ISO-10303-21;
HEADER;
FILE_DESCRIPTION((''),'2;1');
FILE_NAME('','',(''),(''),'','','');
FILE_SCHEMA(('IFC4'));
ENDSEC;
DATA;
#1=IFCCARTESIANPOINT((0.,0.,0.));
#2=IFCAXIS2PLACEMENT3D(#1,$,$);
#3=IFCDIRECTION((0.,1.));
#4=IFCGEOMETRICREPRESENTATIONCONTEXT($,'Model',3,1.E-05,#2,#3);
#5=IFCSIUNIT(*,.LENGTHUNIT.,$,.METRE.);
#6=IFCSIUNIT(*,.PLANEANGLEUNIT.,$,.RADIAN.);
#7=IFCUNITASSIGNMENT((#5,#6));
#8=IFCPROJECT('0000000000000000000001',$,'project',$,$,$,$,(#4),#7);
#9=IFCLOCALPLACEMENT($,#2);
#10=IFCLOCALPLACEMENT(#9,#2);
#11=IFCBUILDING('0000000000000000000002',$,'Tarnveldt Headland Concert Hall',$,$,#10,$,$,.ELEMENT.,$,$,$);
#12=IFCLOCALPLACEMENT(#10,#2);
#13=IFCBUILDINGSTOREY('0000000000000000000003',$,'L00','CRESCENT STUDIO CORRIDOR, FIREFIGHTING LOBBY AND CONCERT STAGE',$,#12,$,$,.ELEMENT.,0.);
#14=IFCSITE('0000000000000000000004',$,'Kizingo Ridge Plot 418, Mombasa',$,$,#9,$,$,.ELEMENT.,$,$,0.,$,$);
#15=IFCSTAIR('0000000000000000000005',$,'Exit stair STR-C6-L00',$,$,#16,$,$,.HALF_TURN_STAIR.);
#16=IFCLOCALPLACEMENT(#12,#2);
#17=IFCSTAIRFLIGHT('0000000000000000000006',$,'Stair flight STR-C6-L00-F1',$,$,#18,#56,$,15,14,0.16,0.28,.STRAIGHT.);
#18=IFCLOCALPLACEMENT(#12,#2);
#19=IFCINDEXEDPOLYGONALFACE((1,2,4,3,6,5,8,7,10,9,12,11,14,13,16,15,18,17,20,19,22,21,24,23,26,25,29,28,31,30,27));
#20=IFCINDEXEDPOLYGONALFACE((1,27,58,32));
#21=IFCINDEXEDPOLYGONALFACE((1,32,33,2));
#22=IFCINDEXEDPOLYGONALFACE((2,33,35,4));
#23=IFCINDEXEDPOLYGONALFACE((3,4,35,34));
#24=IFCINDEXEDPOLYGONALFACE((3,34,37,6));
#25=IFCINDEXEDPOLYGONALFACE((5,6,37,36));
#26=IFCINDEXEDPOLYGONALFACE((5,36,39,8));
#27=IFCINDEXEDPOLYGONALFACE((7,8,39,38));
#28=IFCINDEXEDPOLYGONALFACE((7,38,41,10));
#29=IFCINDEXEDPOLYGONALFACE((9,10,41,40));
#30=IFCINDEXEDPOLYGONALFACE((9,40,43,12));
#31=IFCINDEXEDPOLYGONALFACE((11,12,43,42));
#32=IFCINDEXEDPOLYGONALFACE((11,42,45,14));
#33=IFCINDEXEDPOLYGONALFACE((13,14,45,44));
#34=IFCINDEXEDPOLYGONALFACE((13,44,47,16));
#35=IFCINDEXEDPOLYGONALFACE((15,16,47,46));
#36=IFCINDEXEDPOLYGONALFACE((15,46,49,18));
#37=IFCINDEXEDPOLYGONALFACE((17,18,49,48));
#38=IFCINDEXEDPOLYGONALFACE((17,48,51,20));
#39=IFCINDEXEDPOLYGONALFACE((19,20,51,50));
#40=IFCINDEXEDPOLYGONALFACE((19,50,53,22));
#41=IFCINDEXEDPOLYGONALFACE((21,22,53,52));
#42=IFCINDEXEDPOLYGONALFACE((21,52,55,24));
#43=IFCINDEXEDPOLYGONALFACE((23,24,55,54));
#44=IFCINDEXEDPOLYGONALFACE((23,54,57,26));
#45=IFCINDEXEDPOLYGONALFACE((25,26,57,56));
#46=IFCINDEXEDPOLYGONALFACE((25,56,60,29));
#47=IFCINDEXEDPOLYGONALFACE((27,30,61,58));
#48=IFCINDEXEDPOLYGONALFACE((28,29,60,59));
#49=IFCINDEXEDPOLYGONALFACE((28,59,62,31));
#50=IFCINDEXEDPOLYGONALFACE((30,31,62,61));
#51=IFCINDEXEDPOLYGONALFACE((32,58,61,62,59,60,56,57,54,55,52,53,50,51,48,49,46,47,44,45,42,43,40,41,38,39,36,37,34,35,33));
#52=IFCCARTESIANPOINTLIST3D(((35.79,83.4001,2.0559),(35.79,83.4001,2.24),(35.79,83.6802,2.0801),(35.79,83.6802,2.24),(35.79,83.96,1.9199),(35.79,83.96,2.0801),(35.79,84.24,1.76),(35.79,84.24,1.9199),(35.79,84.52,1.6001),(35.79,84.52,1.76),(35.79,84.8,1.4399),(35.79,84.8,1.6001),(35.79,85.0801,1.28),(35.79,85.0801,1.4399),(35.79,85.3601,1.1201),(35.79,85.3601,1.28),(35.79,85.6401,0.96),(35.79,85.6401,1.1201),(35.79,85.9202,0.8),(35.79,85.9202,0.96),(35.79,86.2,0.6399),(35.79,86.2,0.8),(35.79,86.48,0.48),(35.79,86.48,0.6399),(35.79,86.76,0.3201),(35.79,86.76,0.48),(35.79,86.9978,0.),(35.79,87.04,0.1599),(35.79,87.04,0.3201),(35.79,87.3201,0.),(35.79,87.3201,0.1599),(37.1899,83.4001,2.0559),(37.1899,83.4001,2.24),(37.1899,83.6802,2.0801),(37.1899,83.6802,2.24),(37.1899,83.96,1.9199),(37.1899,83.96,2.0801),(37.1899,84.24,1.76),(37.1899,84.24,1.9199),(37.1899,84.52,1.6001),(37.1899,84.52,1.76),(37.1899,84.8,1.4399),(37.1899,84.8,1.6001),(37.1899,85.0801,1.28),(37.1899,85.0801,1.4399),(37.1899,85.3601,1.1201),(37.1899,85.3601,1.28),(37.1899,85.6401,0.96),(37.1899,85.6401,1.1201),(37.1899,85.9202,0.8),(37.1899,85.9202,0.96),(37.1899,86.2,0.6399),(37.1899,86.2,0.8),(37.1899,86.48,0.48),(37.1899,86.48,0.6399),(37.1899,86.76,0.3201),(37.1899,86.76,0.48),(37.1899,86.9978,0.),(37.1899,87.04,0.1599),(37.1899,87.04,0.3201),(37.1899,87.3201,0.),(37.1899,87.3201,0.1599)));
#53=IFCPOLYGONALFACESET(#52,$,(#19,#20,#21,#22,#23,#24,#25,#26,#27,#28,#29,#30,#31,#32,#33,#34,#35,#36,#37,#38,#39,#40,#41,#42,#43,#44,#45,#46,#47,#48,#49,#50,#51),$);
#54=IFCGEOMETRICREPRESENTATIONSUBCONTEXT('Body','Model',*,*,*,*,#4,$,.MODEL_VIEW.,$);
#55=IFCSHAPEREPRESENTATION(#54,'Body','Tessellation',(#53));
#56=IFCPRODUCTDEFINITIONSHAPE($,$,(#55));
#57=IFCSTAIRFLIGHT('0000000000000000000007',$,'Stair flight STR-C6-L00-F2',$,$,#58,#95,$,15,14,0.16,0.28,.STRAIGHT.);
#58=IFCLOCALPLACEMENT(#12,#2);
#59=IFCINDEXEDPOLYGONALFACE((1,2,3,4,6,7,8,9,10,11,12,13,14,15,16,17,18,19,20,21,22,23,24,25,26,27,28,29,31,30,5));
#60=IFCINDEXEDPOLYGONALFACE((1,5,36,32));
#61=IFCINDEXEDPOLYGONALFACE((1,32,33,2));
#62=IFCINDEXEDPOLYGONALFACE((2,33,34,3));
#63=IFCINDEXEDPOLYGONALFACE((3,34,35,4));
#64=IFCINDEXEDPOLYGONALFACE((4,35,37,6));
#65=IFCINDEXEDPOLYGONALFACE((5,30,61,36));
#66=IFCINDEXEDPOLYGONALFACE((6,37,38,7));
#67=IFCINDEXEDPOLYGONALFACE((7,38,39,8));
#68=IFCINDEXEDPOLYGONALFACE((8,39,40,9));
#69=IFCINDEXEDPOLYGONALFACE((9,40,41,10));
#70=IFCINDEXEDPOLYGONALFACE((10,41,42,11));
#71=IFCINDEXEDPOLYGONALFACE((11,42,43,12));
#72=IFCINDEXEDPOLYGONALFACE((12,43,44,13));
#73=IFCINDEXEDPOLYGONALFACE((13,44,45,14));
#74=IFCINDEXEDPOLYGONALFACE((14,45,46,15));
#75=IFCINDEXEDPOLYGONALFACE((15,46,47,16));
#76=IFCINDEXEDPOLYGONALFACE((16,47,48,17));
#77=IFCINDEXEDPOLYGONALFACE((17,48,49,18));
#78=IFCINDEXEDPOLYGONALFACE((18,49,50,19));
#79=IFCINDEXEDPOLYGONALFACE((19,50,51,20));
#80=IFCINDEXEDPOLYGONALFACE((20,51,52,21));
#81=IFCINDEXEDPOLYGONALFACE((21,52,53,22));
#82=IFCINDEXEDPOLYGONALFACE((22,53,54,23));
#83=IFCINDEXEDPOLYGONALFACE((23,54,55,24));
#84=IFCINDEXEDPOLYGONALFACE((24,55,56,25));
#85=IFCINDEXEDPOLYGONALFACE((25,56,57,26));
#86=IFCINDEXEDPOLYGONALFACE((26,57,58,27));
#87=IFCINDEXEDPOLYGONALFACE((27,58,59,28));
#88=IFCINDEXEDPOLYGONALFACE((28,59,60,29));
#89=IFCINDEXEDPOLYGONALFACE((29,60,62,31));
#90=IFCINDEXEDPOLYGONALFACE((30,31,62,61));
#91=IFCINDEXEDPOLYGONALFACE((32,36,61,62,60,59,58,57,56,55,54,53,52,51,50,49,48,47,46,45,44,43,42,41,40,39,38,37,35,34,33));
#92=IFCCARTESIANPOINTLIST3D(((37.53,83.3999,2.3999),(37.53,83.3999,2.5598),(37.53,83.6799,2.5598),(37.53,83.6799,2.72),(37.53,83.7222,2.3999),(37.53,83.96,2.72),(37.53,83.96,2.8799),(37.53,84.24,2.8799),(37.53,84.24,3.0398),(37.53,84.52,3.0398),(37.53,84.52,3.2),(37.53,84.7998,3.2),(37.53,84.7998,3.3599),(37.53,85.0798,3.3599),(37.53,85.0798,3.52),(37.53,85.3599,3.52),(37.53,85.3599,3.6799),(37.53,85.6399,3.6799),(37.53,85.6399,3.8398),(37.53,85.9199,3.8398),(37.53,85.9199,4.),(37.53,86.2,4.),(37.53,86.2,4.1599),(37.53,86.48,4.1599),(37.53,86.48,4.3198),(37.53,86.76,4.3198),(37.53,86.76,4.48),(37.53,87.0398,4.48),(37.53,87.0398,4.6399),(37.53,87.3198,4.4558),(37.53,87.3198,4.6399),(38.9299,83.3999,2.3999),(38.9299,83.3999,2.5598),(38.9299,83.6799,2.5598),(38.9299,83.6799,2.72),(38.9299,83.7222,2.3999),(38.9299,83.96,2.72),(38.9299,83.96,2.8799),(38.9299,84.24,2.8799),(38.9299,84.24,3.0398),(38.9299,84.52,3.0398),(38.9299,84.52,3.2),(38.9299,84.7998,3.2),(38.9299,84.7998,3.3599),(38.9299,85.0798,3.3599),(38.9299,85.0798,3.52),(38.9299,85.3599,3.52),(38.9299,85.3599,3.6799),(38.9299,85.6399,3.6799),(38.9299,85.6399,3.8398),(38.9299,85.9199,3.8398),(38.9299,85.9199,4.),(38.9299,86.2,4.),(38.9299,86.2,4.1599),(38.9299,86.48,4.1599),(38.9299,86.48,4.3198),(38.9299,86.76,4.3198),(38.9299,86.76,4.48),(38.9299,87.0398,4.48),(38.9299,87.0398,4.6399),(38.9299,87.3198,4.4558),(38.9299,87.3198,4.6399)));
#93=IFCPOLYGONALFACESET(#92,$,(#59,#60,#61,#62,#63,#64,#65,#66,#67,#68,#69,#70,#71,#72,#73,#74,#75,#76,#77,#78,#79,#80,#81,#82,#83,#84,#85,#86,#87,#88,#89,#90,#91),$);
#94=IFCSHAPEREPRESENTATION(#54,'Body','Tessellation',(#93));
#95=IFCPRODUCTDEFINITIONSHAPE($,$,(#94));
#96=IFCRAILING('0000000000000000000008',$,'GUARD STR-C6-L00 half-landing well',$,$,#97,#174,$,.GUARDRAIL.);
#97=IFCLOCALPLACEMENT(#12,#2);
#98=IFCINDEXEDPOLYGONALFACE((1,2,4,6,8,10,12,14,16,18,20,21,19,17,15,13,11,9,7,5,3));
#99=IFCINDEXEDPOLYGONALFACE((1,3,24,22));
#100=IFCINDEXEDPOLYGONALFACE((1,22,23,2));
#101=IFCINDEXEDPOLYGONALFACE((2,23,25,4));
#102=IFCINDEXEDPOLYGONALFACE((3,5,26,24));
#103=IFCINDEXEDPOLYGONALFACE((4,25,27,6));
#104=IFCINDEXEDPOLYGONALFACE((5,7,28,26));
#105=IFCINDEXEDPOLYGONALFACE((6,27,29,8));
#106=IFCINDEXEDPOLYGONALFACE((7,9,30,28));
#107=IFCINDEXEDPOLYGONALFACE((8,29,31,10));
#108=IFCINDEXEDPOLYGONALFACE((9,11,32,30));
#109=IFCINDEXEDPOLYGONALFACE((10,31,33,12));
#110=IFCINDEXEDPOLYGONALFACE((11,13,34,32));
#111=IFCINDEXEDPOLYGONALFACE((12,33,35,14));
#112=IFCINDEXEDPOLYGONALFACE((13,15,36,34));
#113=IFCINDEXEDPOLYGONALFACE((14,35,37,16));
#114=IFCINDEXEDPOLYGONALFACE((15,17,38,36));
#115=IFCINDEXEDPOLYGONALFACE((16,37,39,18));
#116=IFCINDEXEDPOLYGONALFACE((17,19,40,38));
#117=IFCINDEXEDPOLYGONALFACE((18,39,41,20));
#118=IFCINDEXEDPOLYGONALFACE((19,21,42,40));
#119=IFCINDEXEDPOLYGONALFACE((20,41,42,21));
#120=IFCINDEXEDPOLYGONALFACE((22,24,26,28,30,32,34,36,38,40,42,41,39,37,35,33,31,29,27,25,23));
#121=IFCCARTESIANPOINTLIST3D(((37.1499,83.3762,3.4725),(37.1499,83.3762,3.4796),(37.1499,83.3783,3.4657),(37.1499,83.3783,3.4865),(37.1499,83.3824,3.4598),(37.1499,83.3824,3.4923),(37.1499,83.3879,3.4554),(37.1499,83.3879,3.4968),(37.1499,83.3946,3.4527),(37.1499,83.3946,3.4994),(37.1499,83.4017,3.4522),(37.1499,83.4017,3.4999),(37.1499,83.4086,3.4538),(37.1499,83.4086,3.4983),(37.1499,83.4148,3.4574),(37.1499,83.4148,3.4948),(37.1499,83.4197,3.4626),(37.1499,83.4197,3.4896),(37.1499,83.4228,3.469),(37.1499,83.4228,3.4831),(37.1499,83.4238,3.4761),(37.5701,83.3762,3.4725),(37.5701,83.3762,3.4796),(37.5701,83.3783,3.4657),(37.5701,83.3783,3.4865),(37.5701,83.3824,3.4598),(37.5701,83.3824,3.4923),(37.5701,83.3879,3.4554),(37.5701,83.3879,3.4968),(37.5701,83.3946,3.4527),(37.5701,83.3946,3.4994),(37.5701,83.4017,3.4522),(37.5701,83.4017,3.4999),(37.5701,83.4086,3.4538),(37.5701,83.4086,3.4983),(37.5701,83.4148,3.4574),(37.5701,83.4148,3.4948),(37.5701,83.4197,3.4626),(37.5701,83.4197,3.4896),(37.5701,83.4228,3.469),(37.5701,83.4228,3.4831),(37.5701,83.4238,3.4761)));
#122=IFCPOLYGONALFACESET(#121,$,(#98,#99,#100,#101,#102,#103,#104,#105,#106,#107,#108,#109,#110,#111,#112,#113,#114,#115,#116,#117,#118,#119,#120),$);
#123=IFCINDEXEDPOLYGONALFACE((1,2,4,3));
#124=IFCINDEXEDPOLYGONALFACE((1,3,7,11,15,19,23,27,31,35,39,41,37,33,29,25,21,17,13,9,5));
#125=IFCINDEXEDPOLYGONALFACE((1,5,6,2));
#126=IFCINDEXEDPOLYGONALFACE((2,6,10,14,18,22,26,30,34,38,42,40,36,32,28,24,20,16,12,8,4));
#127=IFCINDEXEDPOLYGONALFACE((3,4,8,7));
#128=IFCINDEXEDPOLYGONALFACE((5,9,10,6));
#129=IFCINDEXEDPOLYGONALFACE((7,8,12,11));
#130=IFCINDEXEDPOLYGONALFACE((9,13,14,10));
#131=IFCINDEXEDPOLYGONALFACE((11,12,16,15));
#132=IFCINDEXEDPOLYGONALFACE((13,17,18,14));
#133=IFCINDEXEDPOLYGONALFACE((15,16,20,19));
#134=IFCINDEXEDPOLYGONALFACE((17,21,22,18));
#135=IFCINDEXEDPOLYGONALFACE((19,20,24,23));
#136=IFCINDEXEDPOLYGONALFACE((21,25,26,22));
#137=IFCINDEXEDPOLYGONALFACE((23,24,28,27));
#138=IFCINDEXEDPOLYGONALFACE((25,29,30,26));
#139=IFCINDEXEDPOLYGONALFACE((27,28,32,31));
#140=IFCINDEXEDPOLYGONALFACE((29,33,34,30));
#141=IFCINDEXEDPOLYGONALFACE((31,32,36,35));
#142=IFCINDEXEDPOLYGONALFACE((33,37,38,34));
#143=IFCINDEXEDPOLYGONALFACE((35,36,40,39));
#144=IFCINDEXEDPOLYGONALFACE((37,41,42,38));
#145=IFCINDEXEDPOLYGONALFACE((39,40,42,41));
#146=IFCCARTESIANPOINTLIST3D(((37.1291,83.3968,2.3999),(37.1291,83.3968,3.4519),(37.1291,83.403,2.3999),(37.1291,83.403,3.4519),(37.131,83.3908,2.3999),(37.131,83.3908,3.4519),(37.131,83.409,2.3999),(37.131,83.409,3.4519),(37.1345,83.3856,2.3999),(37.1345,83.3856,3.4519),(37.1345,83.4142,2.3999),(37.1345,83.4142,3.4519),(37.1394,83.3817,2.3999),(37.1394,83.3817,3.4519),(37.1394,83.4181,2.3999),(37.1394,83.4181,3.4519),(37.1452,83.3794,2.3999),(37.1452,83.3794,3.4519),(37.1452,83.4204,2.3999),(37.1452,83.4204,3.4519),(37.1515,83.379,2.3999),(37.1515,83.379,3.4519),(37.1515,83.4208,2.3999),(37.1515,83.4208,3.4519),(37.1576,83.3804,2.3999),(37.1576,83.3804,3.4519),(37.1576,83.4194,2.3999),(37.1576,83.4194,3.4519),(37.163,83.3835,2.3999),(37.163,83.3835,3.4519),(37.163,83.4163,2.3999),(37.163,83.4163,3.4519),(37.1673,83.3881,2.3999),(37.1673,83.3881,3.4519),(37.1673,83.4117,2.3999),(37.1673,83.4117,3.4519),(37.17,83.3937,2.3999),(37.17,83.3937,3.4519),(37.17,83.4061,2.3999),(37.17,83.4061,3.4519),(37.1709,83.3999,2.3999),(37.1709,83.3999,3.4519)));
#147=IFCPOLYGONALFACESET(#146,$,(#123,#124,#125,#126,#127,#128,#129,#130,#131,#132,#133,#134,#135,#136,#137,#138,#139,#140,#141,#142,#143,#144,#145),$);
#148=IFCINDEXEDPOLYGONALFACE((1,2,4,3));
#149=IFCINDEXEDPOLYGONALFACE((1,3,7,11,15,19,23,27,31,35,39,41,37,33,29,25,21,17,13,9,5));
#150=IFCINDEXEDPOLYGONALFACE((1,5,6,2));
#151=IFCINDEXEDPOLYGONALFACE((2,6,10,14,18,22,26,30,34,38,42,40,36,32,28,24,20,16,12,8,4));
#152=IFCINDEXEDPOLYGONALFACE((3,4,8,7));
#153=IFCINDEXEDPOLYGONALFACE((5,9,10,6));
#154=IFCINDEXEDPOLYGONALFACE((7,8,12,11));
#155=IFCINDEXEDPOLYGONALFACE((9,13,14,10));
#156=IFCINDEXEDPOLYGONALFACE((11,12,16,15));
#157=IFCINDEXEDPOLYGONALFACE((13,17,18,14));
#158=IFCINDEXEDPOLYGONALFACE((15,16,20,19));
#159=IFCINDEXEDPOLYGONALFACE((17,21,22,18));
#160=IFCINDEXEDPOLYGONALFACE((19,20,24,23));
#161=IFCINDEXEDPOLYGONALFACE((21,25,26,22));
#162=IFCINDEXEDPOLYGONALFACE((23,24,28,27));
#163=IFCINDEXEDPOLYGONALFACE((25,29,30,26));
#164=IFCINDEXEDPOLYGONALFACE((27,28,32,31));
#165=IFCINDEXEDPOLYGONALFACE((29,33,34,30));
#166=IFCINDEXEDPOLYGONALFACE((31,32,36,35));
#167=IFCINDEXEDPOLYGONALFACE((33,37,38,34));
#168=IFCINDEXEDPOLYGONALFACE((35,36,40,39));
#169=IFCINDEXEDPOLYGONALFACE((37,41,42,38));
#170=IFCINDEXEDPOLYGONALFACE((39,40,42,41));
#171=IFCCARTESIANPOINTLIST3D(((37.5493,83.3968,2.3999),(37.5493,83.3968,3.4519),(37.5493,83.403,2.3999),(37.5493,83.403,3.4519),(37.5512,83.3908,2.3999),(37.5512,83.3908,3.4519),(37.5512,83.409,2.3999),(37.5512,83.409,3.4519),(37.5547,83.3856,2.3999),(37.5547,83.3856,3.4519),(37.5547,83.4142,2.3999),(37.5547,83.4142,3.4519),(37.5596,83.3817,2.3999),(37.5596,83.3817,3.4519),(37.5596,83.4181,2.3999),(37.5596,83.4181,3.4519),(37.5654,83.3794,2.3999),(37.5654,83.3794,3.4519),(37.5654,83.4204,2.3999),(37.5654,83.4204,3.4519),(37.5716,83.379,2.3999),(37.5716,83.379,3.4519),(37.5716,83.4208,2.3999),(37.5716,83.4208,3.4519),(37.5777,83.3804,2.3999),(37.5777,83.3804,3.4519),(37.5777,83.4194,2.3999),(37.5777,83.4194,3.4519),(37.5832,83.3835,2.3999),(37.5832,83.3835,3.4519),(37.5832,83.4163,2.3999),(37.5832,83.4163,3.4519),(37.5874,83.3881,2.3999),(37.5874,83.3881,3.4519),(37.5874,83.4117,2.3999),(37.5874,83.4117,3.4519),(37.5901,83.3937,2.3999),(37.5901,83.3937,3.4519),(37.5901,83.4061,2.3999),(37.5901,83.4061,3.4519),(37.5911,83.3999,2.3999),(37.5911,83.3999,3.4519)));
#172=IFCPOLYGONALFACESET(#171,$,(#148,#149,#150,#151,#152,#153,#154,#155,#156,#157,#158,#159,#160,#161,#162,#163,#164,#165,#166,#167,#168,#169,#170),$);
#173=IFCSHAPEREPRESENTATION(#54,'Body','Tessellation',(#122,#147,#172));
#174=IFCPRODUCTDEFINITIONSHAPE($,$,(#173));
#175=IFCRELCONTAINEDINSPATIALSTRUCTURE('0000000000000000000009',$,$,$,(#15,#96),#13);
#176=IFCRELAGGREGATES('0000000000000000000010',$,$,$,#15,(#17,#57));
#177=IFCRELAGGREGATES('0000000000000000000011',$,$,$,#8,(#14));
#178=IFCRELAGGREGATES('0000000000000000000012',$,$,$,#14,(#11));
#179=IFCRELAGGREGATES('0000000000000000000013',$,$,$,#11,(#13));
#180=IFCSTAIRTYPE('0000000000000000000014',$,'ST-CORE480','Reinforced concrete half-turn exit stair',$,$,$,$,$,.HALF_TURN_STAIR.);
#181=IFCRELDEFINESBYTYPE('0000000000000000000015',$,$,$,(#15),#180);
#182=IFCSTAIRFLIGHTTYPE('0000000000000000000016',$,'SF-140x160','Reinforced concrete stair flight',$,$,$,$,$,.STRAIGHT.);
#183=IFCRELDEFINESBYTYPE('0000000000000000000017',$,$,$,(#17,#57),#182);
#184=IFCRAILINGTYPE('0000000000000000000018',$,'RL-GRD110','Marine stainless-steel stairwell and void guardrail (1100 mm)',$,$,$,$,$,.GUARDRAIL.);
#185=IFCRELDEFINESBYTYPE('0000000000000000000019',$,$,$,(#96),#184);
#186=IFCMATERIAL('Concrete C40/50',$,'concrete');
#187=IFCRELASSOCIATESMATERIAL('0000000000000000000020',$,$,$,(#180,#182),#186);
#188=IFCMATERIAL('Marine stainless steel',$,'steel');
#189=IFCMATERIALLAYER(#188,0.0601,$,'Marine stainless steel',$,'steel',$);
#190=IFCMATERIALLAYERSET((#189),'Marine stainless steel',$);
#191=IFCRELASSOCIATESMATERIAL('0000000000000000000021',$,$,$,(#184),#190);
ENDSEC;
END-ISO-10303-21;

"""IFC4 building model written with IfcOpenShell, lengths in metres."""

from ifc_helpers import new_model, si_unit, direction, frame, origin, origin_2d, place, context, subcontext, project, spatial, polyline, circle, outline, extrude, material, layer, layer_set, type_object, element, aggregate, save


model = new_model("IFC4")

# Units and contexts
model_context = context("Model", 3, precision=1e-05, world=origin(), true_north=direction((0.0, 1.0)))
body_context = subcontext(model_context, "Body", "Model", "MODEL_VIEW")
ifc_project = project(units=[si_unit("LENGTHUNIT", "METRE"), si_unit("PLANEANGLEUNIT", "RADIAN")], contexts=[model_context])

# Site, building, storey
site_placement = place(None, origin())
site = spatial("IfcSite", under=ifc_project, at=site_placement, Name="Kizingo Ridge Plot 418, Mombasa", CompositionType="ELEMENT", RefElevation=0.0)
building_placement = place(site_placement, origin())
building = spatial("IfcBuilding", under=site, at=building_placement, Name="Tarnveldt Headland Concert Hall", CompositionType="ELEMENT")
storey_placement = place(building_placement, origin())
storey = spatial("IfcBuildingStorey", under=building, at=storey_placement, Name="L00", Description="CRESCENT STUDIO CORRIDOR, FIREFIGHTING LOBBY AND CONCERT STAGE", CompositionType="ELEMENT", Elevation=0.0)

# Shared definitions
ifc_material_1 = material(Name="Concrete C40/50", Category="concrete")

# Stair, stair flights
stair_type = type_object("IfcStairType", Name="ST-CORE480", Description="Reinforced concrete half-turn exit stair", PredefinedType="HALF_TURN_STAIR", material=ifc_material_1)
stair_placement = place(storey_placement, origin())
stair = element("IfcStair", 1, at=stair_placement, inside=storey, type_object=stair_type, Name="Exit stair STR-C6-L00", PredefinedType="HALF_TURN_STAIR")
stair_flight_type = type_object("IfcStairFlightType", Name="SF-140x160", Description="Reinforced concrete stair flight", PredefinedType="STRAIGHT", material=ifc_material_1)
stair_flight_1_placement = place(storey_placement, frame((36.49, 87.3201, 0.0), z_axis=(0.0, 0.0, 1.0), x_axis=(0.0, -1.0, 0.0)))
stair_flight_1 = element("IfcStairFlight", 2, at=stair_flight_1_placement, type_object=stair_flight_type, Name="Stair flight STR-C6-L00-F1", NumberOfRisers=15, NumberOfTreads=14, PredefinedType="STRAIGHT", RiserHeight=0.16, TreadLength=0.28, context=body_context, shape_type="SweptSolid", body=[
    extrude(outline(polyline([(0.0, 0.0), (0.0, 0.1599), (0.28, 0.1599), (0.28, 0.3201), (0.5601, 0.3201), (0.5601, 0.48), (0.8401, 0.48), (0.8401, 0.6399), (1.1201, 0.6399), (1.1201, 0.8), (1.3999, 0.8), (1.3999, 0.96), (1.6799, 0.96), (1.6799, 1.1201), (1.96, 1.1201), (1.96, 1.28), (2.24, 1.28), (2.24, 1.4399), (2.52, 1.4399), (2.52, 1.6001), (2.8, 1.6001), (2.8, 1.76), (3.0801, 1.76), (3.0801, 1.9199), (3.3601, 1.9199), (3.3601, 2.0801), (3.6399, 2.0801), (3.6399, 2.24), (3.9199, 2.24), (3.9199, 2.3999), (3.9199, 2.0559), (0.3223, 0.0), (0.0, 0.0)])), frame((0.0, 0.7, 0.0), z_axis=(0.0, -1.0, 0.0), x_axis=(1.0, 0.0, 0.0)), (0.0, 0.0, 1.0), 1.3999),
])
stair_flight_2_placement = place(storey_placement, frame((38.23, 83.3999, 2.3999), z_axis=(0.0, 0.0, 1.0), x_axis=(0.0, 1.0, 0.0)))
stair_flight_2 = element("IfcStairFlight", 3, at=stair_flight_2_placement, type_object=stair_flight_type, Name="Stair flight STR-C6-L00-F2", NumberOfRisers=15, NumberOfTreads=14, PredefinedType="STRAIGHT", RiserHeight=0.16, TreadLength=0.28, context=body_context, shape_type="SweptSolid", body=[
    extrude(outline(polyline([(0.0, 0.0), (0.0, 0.1599), (0.28, 0.1599), (0.28, 0.3201), (0.5601, 0.3201), (0.5601, 0.48), (0.8401, 0.48), (0.8401, 0.6399), (1.1201, 0.6399), (1.1201, 0.8), (1.3999, 0.8), (1.3999, 0.96), (1.6799, 0.96), (1.6799, 1.1201), (1.96, 1.1201), (1.96, 1.28), (2.24, 1.28), (2.24, 1.4399), (2.52, 1.4399), (2.52, 1.6001), (2.8, 1.6001), (2.8, 1.76), (3.0801, 1.76), (3.0801, 1.9199), (3.3601, 1.9199), (3.3601, 2.0801), (3.6399, 2.0801), (3.6399, 2.24), (3.9199, 2.24), (3.9199, 2.3999), (3.9199, 2.0559), (0.3223, 0.0), (0.0, 0.0)])), frame((0.0, 0.7, 0.0), z_axis=(0.0, -1.0, 0.0), x_axis=(1.0, 0.0, 0.0)), (0.0, 0.0, 1.0), 1.3999),
])
aggregate(stair, [stair_flight_1, stair_flight_2])

# Railing
ifc_material_2 = material(Name="Marine stainless steel", Category="steel")
ifc_layer_1 = layer(ifc_material_2, 0.0601, Name="Marine stainless steel", Category="steel")
ifc_layer_set_1 = layer_set([ifc_layer_1], Name="Marine stainless steel")
railing_type_1 = type_object("IfcRailingType", Name="RL-GRD110", Description="Marine stainless-steel stairwell and void guardrail (1100 mm)", PredefinedType="GUARDRAIL", material=ifc_layer_set_1)
railing_1_placement = place(storey_placement, frame((37.1499, 83.3999, 2.3999)))
element("IfcRailing", 4, at=railing_1_placement, inside=storey, type_object=railing_type_1, Name="GUARD STR-C6-L00 half-landing well", PredefinedType="GUARDRAIL", context=body_context, shape_type="SweptSolid", body=[
    extrude(circle(Radius=0.0239, at=origin_2d()), frame((0.0, 0.0, 1.0762), z_axis=(1.0, 0.0, 0.0), x_axis=(0.0, 1.0, 0.0)), (0.0, 0.0, 1.0), 0.4202),
    extrude(circle(Radius=0.021, at=origin_2d()), origin(), (0.0, 0.0, 1.0), 1.052),
    extrude(circle(Radius=0.021, at=origin_2d()), frame((0.4202, 0.0, 0.0)), (0.0, 0.0, 1.0), 1.052),
])

save(model, "model.ifc")
